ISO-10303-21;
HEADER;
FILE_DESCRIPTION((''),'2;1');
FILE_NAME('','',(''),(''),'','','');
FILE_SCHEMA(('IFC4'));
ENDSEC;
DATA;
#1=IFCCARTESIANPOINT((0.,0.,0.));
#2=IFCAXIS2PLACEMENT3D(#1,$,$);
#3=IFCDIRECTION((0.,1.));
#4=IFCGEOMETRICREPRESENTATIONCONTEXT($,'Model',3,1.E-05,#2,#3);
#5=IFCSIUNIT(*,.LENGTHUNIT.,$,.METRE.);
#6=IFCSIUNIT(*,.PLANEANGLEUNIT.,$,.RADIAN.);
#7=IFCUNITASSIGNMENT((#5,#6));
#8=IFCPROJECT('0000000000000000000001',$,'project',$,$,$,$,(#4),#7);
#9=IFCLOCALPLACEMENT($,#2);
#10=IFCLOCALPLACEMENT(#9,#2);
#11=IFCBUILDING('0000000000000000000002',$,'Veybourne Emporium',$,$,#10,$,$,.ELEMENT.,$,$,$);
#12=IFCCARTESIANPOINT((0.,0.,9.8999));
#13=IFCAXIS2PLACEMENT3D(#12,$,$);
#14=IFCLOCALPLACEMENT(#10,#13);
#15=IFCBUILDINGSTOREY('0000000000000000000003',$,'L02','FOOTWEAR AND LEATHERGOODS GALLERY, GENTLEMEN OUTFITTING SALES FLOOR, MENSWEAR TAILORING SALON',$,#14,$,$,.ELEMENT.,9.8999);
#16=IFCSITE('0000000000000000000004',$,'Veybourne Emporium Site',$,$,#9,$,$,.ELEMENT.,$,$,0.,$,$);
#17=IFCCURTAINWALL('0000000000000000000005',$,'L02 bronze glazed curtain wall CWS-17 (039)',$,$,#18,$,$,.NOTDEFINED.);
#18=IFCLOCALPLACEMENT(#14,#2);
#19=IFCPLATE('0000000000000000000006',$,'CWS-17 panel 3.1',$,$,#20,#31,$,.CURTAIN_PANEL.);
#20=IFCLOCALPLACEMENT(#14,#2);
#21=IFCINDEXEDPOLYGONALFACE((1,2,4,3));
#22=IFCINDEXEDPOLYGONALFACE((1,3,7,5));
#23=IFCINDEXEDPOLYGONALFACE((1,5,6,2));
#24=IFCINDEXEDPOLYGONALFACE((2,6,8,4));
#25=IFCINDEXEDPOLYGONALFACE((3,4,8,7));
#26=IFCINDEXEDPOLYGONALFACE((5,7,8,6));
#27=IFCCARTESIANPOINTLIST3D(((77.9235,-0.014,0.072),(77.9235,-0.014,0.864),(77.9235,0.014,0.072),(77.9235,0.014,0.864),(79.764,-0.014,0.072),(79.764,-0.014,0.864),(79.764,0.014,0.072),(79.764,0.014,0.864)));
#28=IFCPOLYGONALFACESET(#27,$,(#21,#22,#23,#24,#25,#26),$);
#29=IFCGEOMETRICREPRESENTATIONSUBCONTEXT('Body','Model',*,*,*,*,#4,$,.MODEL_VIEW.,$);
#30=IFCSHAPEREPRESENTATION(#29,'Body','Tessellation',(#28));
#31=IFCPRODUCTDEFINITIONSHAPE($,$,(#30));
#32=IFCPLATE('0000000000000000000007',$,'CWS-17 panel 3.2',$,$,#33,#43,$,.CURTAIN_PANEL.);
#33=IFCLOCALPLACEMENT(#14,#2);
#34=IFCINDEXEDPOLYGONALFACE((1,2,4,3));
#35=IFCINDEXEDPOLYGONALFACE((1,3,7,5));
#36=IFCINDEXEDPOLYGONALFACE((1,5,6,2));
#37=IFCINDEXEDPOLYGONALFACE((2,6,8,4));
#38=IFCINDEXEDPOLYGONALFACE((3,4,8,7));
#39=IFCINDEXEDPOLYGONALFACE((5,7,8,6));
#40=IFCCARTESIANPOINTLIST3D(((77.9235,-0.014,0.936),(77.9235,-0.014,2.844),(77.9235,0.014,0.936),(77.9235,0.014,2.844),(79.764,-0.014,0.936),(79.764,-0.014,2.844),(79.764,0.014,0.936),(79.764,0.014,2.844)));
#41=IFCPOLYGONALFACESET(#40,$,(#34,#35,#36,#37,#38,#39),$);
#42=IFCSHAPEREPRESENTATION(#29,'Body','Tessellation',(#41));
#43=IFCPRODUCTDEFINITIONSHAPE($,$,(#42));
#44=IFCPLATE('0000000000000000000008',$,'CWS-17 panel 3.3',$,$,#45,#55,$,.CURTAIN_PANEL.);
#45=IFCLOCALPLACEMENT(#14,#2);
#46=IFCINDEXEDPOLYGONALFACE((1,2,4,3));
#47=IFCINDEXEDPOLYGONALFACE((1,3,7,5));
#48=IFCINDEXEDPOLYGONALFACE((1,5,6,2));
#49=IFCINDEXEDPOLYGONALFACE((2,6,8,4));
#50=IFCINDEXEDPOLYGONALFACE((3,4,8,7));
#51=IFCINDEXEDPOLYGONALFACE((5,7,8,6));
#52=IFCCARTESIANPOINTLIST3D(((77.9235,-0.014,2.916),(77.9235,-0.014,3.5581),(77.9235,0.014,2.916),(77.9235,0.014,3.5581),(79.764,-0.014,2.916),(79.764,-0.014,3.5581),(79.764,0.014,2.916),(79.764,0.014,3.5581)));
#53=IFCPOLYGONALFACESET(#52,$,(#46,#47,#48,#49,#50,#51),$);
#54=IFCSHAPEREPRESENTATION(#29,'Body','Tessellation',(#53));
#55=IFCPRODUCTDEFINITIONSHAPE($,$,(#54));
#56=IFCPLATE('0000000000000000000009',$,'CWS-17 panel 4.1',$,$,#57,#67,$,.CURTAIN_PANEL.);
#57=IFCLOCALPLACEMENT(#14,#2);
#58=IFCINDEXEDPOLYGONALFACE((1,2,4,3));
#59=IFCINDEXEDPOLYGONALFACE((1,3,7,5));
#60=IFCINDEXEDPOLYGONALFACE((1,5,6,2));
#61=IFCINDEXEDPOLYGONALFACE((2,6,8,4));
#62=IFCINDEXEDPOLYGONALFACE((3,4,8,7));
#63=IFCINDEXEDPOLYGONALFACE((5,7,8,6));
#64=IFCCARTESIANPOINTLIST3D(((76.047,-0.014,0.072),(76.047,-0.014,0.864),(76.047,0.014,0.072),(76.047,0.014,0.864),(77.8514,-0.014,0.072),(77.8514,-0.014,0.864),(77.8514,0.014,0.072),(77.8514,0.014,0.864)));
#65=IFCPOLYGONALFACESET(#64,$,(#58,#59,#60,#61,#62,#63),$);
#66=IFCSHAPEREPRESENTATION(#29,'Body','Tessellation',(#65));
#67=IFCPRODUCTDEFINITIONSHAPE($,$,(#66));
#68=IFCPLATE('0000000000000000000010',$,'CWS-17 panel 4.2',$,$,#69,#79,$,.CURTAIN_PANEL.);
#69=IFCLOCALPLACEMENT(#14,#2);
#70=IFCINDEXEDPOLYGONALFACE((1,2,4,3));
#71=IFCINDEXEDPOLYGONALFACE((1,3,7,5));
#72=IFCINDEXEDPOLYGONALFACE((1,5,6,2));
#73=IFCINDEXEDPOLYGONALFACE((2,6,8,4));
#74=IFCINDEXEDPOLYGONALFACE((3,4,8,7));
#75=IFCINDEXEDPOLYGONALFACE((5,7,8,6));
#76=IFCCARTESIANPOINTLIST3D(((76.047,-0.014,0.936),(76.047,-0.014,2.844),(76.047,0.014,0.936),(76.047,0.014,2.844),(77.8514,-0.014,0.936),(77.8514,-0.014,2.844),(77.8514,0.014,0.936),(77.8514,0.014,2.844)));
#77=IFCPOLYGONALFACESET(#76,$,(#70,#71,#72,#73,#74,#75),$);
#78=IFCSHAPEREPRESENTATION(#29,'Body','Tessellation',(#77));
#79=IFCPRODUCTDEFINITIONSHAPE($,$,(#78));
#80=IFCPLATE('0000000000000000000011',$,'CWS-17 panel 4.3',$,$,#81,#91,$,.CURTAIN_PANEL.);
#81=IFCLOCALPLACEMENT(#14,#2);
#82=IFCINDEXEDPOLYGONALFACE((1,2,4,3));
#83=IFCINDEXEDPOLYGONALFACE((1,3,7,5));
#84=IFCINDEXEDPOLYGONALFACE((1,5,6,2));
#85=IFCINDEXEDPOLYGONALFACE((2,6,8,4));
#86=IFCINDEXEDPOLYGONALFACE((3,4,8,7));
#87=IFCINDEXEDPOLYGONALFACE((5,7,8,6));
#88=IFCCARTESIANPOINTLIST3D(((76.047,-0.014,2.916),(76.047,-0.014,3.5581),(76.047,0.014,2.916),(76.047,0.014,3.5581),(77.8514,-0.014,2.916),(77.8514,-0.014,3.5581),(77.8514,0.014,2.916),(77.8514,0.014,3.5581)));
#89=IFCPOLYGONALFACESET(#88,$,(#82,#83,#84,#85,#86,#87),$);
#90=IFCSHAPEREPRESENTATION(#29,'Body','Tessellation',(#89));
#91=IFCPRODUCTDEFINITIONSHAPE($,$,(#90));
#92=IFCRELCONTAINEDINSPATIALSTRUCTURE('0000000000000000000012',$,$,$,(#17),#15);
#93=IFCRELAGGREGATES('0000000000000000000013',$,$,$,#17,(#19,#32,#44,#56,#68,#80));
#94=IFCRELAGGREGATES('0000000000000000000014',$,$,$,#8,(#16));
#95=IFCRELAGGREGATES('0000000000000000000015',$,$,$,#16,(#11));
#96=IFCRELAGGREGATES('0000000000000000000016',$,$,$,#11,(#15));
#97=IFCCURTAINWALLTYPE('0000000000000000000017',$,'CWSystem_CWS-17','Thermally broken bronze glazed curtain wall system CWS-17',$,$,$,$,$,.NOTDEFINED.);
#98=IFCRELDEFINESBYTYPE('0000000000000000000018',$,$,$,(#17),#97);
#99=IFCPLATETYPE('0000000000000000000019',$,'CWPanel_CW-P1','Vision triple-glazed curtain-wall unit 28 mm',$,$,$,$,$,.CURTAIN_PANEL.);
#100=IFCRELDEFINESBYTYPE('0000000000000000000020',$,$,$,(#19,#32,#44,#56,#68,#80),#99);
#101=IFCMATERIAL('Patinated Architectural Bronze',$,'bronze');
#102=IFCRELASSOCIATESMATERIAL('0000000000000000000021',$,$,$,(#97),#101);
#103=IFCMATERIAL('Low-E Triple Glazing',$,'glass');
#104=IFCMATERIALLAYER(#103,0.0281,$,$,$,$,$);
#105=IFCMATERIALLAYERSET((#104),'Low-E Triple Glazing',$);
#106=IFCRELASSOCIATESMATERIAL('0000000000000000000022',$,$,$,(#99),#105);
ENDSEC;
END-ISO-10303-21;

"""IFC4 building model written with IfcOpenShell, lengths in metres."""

from ifc_helpers import new_model, si_unit, direction, frame, origin, origin_2d, place, context, subcontext, project, spatial, rectangle, extrude, material, layer, layer_set, type_object, element, aggregate, save


model = new_model("IFC4")

# Units and contexts
model_context = context("Model", 3, precision=1e-05, world=origin(), true_north=direction((0.0, 1.0)))
body_context = subcontext(model_context, "Body", "Model", "MODEL_VIEW")
ifc_project = project(units=[si_unit("LENGTHUNIT", "METRE"), si_unit("PLANEANGLEUNIT", "RADIAN")], contexts=[model_context])

# Site, building, storey
site_placement = place(None, origin())
site = spatial("IfcSite", under=ifc_project, at=site_placement, Name="Veybourne Emporium Site", CompositionType="ELEMENT", RefElevation=0.0)
building_placement = place(site_placement, origin())
building = spatial("IfcBuilding", under=site, at=building_placement, Name="Veybourne Emporium", CompositionType="ELEMENT")
storey_placement = place(building_placement, frame((0.0, 0.0, 9.8999)))
storey = spatial("IfcBuildingStorey", under=building, at=storey_placement, Name="L02", Description="FOOTWEAR AND LEATHERGOODS GALLERY, GENTLEMEN OUTFITTING SALES FLOOR, MENSWEAR TAILORING SALON", CompositionType="ELEMENT", Elevation=9.8999)

# Curtain wall
ifc_material_1 = material(Name="Patinated Architectural Bronze", Category="bronze")
curtain_wall_type = type_object("IfcCurtainWallType", Name="CWSystem_CWS-17", Description="Thermally broken bronze glazed curtain wall system CWS-17", PredefinedType="NOTDEFINED", material=ifc_material_1)
curtain_wall_placement = place(storey_placement, origin())
curtain_wall = element("IfcCurtainWall", 1, at=curtain_wall_placement, inside=storey, type_object=curtain_wall_type, Name="L02 bronze glazed curtain wall CWS-17 (039)", PredefinedType="NOTDEFINED")

# Plates
ifc_material_2 = material(Name="Low-E Triple Glazing", Category="glass")
ifc_layer_1 = layer(ifc_material_2, 0.0281)
ifc_layer_set_1 = layer_set([ifc_layer_1], Name="Low-E Triple Glazing")
plate_type = type_object("IfcPlateType", Name="CWPanel_CW-P1", Description="Vision triple-glazed curtain-wall unit 28 mm", PredefinedType="CURTAIN_PANEL", material=ifc_layer_set_1)
plate_1_placement = place(storey_placement, frame((78.8438, 0.0, 0.072), z_axis=(0.0, 0.0, 1.0), x_axis=(-1.0, 0.0, 0.0)))
plate_1 = element("IfcPlate", 2, at=plate_1_placement, type_object=plate_type, Name="CWS-17 panel 3.1", PredefinedType="CURTAIN_PANEL", context=body_context, shape_type="SweptSolid", body=[
    extrude(rectangle(XDim=1.8406, YDim=0.0281, at=origin_2d()), origin(), (0.0, 0.0, 1.0), 0.792),
])
plate_2_placement = place(storey_placement, frame((78.8438, 0.0, 0.936), z_axis=(0.0, 0.0, 1.0), x_axis=(-1.0, 0.0, 0.0)))
plate_2 = element("IfcPlate", 3, at=plate_2_placement, type_object=plate_type, Name="CWS-17 panel 3.2", PredefinedType="CURTAIN_PANEL", context=body_context, shape_type="SweptSolid", body=[
    extrude(rectangle(XDim=1.8406, YDim=0.0281, at=origin_2d()), origin(), (0.0, 0.0, 1.0), 1.908),
])
plate_3_placement = place(storey_placement, frame((78.8438, 0.0, 2.916), z_axis=(0.0, 0.0, 1.0), x_axis=(-1.0, 0.0, 0.0)))
plate_3 = element("IfcPlate", 4, at=plate_3_placement, type_object=plate_type, Name="CWS-17 panel 3.3", PredefinedType="CURTAIN_PANEL", context=body_context, shape_type="SweptSolid", body=[
    extrude(rectangle(XDim=1.8406, YDim=0.0281, at=origin_2d()), origin(), (0.0, 0.0, 1.0), 0.6421),
])
plate_4_placement = place(storey_placement, frame((76.9492, 0.0, 0.072), z_axis=(0.0, 0.0, 1.0), x_axis=(-1.0, 0.0, 0.0)))
plate_4 = element("IfcPlate", 5, at=plate_4_placement, type_object=plate_type, Name="CWS-17 panel 4.1", PredefinedType="CURTAIN_PANEL", context=body_context, shape_type="SweptSolid", body=[
    extrude(rectangle(XDim=1.8044, YDim=0.0281, at=origin_2d()), origin(), (0.0, 0.0, 1.0), 0.792),
])
plate_5_placement = place(storey_placement, frame((76.9492, 0.0, 0.936), z_axis=(0.0, 0.0, 1.0), x_axis=(-1.0, 0.0, 0.0)))
plate_5 = element("IfcPlate", 6, at=plate_5_placement, type_object=plate_type, Name="CWS-17 panel 4.2", PredefinedType="CURTAIN_PANEL", context=body_context, shape_type="SweptSolid", body=[
    extrude(rectangle(XDim=1.8044, YDim=0.0281, at=origin_2d()), origin(), (0.0, 0.0, 1.0), 1.908),
])
plate_6_placement = place(storey_placement, frame((76.9492, 0.0, 2.916), z_axis=(0.0, 0.0, 1.0), x_axis=(-1.0, 0.0, 0.0)))
plate_6 = element("IfcPlate", 7, at=plate_6_placement, type_object=plate_type, Name="CWS-17 panel 4.3", PredefinedType="CURTAIN_PANEL", context=body_context, shape_type="SweptSolid", body=[
    extrude(rectangle(XDim=1.8044, YDim=0.0281, at=origin_2d()), origin(), (0.0, 0.0, 1.0), 0.6421),
])
aggregate(curtain_wall, [plate_1, plate_2, plate_3, plate_4, plate_5, plate_6])

save(model, "model.ifc")
